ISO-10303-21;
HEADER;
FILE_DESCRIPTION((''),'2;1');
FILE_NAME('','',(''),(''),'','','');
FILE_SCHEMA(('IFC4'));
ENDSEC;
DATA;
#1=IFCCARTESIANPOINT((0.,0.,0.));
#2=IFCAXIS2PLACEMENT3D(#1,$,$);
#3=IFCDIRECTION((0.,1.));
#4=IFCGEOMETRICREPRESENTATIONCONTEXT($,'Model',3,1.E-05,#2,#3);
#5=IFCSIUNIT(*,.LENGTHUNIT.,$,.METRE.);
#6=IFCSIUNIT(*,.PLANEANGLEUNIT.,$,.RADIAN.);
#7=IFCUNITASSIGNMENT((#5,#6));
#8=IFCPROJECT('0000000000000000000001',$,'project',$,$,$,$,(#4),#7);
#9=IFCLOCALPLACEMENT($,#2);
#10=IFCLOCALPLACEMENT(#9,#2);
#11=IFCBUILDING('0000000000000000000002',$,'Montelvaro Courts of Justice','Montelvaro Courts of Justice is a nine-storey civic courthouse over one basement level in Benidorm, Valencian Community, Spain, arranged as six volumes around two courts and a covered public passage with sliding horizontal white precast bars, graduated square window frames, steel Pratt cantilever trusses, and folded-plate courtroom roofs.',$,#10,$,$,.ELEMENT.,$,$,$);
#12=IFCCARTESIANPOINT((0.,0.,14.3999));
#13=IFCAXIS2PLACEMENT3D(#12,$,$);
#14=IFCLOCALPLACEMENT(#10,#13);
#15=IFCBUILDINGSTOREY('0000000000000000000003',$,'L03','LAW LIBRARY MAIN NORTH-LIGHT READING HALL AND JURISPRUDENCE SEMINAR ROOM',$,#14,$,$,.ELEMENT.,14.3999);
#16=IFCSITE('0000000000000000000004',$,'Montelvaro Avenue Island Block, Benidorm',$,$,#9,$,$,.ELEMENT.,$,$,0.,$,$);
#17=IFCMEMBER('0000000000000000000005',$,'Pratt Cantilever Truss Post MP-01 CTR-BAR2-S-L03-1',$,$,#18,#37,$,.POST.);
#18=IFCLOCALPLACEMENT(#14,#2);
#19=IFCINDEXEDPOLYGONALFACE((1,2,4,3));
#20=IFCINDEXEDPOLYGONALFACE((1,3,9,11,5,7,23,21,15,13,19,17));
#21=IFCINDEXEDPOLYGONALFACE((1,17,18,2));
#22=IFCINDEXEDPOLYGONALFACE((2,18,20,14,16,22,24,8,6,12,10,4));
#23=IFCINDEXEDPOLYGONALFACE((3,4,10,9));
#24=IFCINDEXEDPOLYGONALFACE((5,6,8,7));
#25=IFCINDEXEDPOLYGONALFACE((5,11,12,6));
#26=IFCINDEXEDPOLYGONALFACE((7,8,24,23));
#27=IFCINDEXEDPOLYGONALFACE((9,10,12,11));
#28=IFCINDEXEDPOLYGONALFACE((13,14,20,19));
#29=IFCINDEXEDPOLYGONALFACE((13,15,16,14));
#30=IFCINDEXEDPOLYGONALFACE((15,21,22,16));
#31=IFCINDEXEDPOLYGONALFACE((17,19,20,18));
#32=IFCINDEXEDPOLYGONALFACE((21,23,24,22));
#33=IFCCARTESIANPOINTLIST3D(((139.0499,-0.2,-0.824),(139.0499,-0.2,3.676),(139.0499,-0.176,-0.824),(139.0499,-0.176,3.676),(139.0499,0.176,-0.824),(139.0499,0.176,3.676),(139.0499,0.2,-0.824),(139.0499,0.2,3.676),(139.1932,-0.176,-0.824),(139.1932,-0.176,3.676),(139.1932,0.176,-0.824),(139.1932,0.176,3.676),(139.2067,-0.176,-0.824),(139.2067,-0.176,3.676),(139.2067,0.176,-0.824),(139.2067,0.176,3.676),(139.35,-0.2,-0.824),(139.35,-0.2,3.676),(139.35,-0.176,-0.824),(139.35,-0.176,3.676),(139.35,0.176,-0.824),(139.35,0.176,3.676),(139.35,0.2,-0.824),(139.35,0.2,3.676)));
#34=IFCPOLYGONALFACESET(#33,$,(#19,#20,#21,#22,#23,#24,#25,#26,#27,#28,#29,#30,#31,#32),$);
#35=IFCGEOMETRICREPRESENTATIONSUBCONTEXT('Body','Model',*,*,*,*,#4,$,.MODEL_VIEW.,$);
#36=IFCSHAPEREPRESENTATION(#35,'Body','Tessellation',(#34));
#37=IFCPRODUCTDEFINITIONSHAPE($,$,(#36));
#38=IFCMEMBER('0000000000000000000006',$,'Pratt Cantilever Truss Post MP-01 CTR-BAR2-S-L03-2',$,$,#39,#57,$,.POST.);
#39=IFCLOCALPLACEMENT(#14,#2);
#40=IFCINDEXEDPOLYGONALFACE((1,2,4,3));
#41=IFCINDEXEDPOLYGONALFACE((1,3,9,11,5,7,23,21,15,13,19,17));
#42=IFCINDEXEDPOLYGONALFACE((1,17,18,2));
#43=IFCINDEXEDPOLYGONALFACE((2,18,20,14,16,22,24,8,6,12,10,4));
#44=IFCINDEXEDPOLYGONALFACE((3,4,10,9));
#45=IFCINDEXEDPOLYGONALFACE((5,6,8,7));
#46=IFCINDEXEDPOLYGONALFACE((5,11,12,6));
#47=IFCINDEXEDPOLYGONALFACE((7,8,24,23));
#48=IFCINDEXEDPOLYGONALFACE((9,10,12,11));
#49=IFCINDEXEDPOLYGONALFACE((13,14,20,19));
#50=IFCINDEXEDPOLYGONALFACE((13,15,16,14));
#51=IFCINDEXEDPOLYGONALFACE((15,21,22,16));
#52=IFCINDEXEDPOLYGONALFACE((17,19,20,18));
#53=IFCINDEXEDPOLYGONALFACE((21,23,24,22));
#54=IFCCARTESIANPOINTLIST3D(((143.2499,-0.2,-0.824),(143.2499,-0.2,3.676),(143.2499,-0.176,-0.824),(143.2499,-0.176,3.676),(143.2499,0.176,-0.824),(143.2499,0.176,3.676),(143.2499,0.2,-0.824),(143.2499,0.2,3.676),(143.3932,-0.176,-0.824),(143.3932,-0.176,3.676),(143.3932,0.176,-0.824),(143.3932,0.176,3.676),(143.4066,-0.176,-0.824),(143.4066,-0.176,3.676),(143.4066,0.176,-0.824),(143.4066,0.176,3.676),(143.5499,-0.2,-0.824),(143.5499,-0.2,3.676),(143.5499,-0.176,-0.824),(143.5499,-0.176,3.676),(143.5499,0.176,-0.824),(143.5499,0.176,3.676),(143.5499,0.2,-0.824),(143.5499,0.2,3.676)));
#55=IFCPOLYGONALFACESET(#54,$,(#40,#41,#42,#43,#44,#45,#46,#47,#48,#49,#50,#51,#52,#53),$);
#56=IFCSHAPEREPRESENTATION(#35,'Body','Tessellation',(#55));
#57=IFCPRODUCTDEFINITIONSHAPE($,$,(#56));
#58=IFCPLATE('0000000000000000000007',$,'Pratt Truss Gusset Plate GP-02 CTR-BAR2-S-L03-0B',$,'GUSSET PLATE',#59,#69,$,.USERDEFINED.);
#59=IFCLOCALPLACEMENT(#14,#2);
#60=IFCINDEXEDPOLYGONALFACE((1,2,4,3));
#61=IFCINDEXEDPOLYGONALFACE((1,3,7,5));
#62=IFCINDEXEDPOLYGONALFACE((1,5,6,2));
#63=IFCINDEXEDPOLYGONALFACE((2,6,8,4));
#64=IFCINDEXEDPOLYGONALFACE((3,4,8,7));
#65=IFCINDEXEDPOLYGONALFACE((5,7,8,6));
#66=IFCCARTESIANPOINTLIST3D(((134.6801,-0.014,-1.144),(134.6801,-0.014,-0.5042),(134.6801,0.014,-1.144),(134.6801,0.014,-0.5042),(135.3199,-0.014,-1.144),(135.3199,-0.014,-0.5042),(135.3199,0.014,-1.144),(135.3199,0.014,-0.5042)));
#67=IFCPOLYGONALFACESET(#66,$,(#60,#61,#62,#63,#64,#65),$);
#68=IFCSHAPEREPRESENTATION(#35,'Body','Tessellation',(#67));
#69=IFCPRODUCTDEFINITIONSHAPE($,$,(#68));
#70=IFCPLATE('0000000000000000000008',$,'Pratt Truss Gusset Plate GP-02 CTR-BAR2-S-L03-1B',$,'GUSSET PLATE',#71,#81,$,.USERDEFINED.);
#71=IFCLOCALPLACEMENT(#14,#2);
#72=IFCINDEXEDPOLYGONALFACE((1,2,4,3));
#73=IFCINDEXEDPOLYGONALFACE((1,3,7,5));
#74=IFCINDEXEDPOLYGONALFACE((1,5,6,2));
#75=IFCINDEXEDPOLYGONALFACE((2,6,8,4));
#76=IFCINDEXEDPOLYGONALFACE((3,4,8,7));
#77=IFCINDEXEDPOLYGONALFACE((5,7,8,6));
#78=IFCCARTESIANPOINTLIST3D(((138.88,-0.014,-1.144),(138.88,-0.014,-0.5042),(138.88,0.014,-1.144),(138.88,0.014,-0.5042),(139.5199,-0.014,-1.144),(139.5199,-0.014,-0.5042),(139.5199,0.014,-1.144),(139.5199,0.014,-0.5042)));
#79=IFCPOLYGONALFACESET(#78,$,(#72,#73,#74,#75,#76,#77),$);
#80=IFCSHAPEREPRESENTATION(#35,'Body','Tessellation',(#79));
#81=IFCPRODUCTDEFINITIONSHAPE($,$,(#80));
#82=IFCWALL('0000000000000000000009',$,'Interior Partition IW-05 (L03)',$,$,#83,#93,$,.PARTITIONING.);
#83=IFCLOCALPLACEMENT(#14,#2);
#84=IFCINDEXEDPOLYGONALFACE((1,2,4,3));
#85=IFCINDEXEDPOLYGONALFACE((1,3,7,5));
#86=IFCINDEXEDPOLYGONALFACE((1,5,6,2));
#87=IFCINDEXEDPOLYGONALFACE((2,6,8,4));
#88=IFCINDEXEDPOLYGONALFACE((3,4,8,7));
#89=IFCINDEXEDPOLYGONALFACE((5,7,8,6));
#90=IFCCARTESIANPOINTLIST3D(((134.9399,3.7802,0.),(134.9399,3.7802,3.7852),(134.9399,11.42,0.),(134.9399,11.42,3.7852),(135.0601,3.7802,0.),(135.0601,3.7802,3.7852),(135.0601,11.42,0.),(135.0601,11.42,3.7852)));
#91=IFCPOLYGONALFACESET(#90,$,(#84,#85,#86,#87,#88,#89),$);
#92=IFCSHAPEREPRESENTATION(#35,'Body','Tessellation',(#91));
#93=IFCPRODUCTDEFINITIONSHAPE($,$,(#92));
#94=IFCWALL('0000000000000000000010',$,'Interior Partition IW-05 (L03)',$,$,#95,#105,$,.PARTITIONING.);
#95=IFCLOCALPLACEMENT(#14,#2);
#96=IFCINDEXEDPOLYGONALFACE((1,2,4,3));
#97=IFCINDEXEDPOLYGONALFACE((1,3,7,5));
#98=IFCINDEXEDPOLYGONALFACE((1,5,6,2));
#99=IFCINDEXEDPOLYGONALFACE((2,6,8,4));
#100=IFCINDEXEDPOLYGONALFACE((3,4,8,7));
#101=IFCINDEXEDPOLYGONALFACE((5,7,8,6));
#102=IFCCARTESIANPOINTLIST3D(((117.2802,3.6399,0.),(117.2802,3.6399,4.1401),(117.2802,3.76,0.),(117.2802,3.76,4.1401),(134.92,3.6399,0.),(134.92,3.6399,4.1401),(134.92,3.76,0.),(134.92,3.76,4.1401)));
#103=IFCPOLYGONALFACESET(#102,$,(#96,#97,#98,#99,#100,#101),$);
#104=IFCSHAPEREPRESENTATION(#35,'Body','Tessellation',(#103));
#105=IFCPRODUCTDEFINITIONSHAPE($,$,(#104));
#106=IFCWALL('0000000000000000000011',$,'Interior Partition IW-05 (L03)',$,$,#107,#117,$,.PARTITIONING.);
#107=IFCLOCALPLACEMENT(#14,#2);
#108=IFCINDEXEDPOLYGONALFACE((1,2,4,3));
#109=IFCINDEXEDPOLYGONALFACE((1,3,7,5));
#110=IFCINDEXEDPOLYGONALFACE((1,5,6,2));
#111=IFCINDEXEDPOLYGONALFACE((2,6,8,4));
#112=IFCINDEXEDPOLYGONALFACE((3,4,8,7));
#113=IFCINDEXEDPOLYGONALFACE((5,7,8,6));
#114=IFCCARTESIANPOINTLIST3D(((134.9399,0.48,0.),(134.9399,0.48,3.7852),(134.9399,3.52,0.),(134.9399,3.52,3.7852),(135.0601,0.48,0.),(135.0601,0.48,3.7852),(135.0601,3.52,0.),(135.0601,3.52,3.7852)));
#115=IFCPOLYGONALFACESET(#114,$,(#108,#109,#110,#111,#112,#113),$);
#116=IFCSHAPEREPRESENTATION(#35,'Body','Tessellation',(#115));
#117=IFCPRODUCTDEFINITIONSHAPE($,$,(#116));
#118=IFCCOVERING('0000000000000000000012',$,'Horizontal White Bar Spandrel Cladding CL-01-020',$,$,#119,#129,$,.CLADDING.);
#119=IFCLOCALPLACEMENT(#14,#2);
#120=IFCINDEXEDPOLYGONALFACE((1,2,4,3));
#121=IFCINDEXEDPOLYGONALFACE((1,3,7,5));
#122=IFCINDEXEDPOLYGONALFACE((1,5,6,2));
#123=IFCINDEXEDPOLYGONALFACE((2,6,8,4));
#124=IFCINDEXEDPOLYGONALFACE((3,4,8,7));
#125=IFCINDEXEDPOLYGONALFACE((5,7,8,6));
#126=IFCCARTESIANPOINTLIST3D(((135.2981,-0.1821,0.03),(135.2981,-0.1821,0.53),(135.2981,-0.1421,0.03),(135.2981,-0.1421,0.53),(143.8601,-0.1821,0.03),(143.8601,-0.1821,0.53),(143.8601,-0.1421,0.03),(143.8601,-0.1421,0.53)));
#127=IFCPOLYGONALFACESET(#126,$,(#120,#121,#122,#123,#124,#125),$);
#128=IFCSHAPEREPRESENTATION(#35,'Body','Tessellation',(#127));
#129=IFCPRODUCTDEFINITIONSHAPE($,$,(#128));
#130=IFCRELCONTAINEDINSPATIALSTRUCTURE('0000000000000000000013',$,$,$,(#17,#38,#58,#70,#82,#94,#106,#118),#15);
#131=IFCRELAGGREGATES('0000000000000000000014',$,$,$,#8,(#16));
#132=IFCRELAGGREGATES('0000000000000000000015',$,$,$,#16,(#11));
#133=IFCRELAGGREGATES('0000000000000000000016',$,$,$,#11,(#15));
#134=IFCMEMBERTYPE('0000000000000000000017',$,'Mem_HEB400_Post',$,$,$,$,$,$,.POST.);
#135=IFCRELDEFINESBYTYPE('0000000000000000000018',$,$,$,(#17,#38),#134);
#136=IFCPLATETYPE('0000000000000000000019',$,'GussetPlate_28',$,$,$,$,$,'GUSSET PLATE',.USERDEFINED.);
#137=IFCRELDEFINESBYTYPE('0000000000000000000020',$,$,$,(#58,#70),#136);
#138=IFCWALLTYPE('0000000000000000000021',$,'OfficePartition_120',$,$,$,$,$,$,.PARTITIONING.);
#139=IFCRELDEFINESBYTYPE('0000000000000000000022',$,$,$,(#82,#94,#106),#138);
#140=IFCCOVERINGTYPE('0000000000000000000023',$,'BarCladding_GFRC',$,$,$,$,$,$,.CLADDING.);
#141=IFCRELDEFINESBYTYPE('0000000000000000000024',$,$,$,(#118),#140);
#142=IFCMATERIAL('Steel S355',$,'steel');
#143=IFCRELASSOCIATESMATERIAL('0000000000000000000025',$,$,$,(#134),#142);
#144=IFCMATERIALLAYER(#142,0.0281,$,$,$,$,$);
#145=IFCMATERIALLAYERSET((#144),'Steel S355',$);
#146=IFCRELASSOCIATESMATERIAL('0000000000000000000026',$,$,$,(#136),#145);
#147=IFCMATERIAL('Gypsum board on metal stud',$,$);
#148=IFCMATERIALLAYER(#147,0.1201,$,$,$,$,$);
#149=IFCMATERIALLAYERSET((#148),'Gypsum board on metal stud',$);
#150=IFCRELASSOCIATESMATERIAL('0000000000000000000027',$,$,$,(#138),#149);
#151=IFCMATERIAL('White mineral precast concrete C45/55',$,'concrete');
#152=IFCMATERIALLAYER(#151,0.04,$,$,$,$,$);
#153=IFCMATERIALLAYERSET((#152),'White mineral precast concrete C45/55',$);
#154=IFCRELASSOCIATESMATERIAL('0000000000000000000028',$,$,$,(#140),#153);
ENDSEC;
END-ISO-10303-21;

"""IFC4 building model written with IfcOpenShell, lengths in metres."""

from ifc_helpers import new_model, si_unit, direction, frame, frame_2d, origin, origin_2d, place, context, subcontext, project, spatial, rectangle, i_section, extrude, material, layer, layer_set, material_profile, profile_set, type_object, element, save


model = new_model("IFC4")

# Units and contexts
model_context = context("Model", 3, precision=1e-05, world=origin(), true_north=direction((0.0, 1.0)))
body_context = subcontext(model_context, "Body", "Model", "MODEL_VIEW")
ifc_project = project(units=[si_unit("LENGTHUNIT", "METRE"), si_unit("PLANEANGLEUNIT", "RADIAN")], contexts=[model_context])

# Site, building, storey
site_placement = place(None, origin())
site = spatial("IfcSite", under=ifc_project, at=site_placement, Name="Montelvaro Avenue Island Block, Benidorm", CompositionType="ELEMENT", RefElevation=0.0)
building_placement = place(site_placement, origin())
building = spatial("IfcBuilding", under=site, at=building_placement, Name="Montelvaro Courts of Justice", Description="Montelvaro Courts of Justice is a nine-storey civic courthouse over one basement level in Benidorm, Valencian Community, Spain, arranged as six volumes around two courts and a covered public passage with sliding horizontal white precast bars, graduated square window frames, steel Pratt cantilever trusses, and folded-plate courtroom roofs.", CompositionType="ELEMENT")
storey_placement = place(building_placement, frame((0.0, 0.0, 14.3999)))
storey = spatial("IfcBuildingStorey", under=building, at=storey_placement, Name="L03", Description="LAW LIBRARY MAIN NORTH-LIGHT READING HALL AND JURISPRUDENCE SEMINAR ROOM", CompositionType="ELEMENT", Elevation=14.3999)

# Shared definitions
ifc_material_1 = material(Name="Steel S355", Category="steel")

# Members
ifc_material_profile_1 = material_profile(ifc_material_1, i_section(OverallWidth=0.3, OverallDepth=0.3999, WebThickness=0.0134, FlangeThickness=0.0239, at=origin_2d()), Name="HEB 400")
ifc_profile_set_1 = profile_set([ifc_material_profile_1], Name="Steel S355")
member_type_1 = type_object("IfcMemberType", Name="Mem_HEB400_Post", PredefinedType="POST", material=ifc_profile_set_1)
for number, where, z_axis, x_axis, name in (
    (1, (139.2, 0.0, -0.824), (0.0, 0.0, 1.0), (1.0, 0.0, 0.0), "Pratt Cantilever Truss Post MP-01 CTR-BAR2-S-L03-1"),
    (2, (143.3999, 0.0, -0.824), (0.0, 0.0, 1.0), (1.0, 0.0, 0.0), "Pratt Cantilever Truss Post MP-01 CTR-BAR2-S-L03-2"),
):
    element("IfcMember", number, at=place(storey_placement, frame(where, z_axis=z_axis, x_axis=x_axis)), inside=storey, type_object=member_type_1, Name=name, PredefinedType="POST", context=body_context, shape_type="SweptSolid", body=[
        extrude(i_section(OverallWidth=0.3, OverallDepth=0.3999, WebThickness=0.0134, FlangeThickness=0.0239, at=origin_2d()), origin(), (0.0, 0.0, 1.0), 4.5),
    ])

# Plates
ifc_layer_1 = layer(ifc_material_1, 0.0281)
ifc_layer_set_1 = layer_set([ifc_layer_1], Name="Steel S355")
plate_type = type_object("IfcPlateType", Name="GussetPlate_28", ElementType="GUSSET PLATE", PredefinedType="USERDEFINED", material=ifc_layer_set_1)
for number, where, z_axis, x_axis, name in (
    (3, (135.0, 0.0, -1.144), (0.0, 0.0, 1.0), (1.0, 0.0, 0.0), "Pratt Truss Gusset Plate GP-02 CTR-BAR2-S-L03-0B"),
    (4, (139.2, 0.0, -1.144), (0.0, 0.0, 1.0), (1.0, 0.0, 0.0), "Pratt Truss Gusset Plate GP-02 CTR-BAR2-S-L03-1B"),
):
    element("IfcPlate", number, at=place(storey_placement, frame(where, z_axis=z_axis, x_axis=x_axis)), inside=storey, type_object=plate_type, Name=name, ObjectType="GUSSET PLATE", PredefinedType="USERDEFINED", context=body_context, shape_type="SweptSolid", body=[
        extrude(rectangle(XDim=0.6399, YDim=0.0281, at=origin_2d()), origin(), (0.0, 0.0, 1.0), 0.6399),
    ])

# Walls
ifc_material_2 = material(Name="White mineral precast concrete C45/55", Category="concrete")
ifc_material_3 = material(Name="Gypsum board on metal stud")
ifc_layer_2 = layer(ifc_material_3, 0.1201)
ifc_layer_set_2 = layer_set([ifc_layer_2], Name="Gypsum board on metal stud")
wall_type_1 = type_object("IfcWallType", Name="OfficePartition_120", PredefinedType="PARTITIONING", material=ifc_layer_set_2)
wall_1_placement = place(storey_placement, frame((135.0, 11.4199, 0.0), z_axis=(0.0, 0.0, 1.0), x_axis=(0.0, -1.0, 0.0)))
element("IfcWall", 5, at=wall_1_placement, inside=storey, type_object=wall_type_1, Name="Interior Partition IW-05 (L03)", PredefinedType="PARTITIONING", context=body_context, shape_type="SweptSolid", body=[
    extrude(rectangle(XDim=7.6399, YDim=0.1201, at=frame_2d((3.8198, 0.0))), origin(), (0.0, 0.0, 1.0), 3.7852),
])
wall_2_placement = place(storey_placement, frame((134.9199, 3.7, 0.0), z_axis=(0.0, 0.0, 1.0), x_axis=(-1.0, 0.0, 0.0)))
element("IfcWall", 6, at=wall_2_placement, inside=storey, type_object=wall_type_1, Name="Interior Partition IW-05 (L03)", PredefinedType="PARTITIONING", context=body_context, shape_type="SweptSolid", body=[
    extrude(rectangle(XDim=17.6399, YDim=0.1201, at=frame_2d((8.8198, 0.0))), origin(), (0.0, 0.0, 1.0), 4.1401),
])
wall_3_placement = place(storey_placement, frame((135.0, 0.48, 0.0), z_axis=(0.0, 0.0, 1.0), x_axis=(0.0, 1.0, 0.0)))
element("IfcWall", 7, at=wall_3_placement, inside=storey, type_object=wall_type_1, Name="Interior Partition IW-05 (L03)", PredefinedType="PARTITIONING", context=body_context, shape_type="SweptSolid", body=[
    extrude(rectangle(XDim=3.04, YDim=0.1201, at=frame_2d((1.52, 0.0))), origin(), (0.0, 0.0, 1.0), 3.7852),
])

# Covering
ifc_layer_3 = layer(ifc_material_2, 0.04)
ifc_layer_set_3 = layer_set([ifc_layer_3], Name="White mineral precast concrete C45/55")
covering_type = type_object("IfcCoveringType", Name="BarCladding_GFRC", PredefinedType="CLADDING", material=ifc_layer_set_3)
covering_placement = place(storey_placement, frame((139.5791, -0.1621, 0.03), z_axis=(0.0, 0.0, 1.0), x_axis=(1.0, 0.0, 0.0)))
element("IfcCovering", 8, at=covering_placement, inside=storey, type_object=covering_type, Name="Horizontal White Bar Spandrel Cladding CL-01-020", PredefinedType="CLADDING", context=body_context, shape_type="SweptSolid", body=[
    extrude(rectangle(XDim=8.562, YDim=0.04, at=origin_2d()), origin(), (0.0, 0.0, 1.0), 0.5),
])

save(model, "model.ifc")
